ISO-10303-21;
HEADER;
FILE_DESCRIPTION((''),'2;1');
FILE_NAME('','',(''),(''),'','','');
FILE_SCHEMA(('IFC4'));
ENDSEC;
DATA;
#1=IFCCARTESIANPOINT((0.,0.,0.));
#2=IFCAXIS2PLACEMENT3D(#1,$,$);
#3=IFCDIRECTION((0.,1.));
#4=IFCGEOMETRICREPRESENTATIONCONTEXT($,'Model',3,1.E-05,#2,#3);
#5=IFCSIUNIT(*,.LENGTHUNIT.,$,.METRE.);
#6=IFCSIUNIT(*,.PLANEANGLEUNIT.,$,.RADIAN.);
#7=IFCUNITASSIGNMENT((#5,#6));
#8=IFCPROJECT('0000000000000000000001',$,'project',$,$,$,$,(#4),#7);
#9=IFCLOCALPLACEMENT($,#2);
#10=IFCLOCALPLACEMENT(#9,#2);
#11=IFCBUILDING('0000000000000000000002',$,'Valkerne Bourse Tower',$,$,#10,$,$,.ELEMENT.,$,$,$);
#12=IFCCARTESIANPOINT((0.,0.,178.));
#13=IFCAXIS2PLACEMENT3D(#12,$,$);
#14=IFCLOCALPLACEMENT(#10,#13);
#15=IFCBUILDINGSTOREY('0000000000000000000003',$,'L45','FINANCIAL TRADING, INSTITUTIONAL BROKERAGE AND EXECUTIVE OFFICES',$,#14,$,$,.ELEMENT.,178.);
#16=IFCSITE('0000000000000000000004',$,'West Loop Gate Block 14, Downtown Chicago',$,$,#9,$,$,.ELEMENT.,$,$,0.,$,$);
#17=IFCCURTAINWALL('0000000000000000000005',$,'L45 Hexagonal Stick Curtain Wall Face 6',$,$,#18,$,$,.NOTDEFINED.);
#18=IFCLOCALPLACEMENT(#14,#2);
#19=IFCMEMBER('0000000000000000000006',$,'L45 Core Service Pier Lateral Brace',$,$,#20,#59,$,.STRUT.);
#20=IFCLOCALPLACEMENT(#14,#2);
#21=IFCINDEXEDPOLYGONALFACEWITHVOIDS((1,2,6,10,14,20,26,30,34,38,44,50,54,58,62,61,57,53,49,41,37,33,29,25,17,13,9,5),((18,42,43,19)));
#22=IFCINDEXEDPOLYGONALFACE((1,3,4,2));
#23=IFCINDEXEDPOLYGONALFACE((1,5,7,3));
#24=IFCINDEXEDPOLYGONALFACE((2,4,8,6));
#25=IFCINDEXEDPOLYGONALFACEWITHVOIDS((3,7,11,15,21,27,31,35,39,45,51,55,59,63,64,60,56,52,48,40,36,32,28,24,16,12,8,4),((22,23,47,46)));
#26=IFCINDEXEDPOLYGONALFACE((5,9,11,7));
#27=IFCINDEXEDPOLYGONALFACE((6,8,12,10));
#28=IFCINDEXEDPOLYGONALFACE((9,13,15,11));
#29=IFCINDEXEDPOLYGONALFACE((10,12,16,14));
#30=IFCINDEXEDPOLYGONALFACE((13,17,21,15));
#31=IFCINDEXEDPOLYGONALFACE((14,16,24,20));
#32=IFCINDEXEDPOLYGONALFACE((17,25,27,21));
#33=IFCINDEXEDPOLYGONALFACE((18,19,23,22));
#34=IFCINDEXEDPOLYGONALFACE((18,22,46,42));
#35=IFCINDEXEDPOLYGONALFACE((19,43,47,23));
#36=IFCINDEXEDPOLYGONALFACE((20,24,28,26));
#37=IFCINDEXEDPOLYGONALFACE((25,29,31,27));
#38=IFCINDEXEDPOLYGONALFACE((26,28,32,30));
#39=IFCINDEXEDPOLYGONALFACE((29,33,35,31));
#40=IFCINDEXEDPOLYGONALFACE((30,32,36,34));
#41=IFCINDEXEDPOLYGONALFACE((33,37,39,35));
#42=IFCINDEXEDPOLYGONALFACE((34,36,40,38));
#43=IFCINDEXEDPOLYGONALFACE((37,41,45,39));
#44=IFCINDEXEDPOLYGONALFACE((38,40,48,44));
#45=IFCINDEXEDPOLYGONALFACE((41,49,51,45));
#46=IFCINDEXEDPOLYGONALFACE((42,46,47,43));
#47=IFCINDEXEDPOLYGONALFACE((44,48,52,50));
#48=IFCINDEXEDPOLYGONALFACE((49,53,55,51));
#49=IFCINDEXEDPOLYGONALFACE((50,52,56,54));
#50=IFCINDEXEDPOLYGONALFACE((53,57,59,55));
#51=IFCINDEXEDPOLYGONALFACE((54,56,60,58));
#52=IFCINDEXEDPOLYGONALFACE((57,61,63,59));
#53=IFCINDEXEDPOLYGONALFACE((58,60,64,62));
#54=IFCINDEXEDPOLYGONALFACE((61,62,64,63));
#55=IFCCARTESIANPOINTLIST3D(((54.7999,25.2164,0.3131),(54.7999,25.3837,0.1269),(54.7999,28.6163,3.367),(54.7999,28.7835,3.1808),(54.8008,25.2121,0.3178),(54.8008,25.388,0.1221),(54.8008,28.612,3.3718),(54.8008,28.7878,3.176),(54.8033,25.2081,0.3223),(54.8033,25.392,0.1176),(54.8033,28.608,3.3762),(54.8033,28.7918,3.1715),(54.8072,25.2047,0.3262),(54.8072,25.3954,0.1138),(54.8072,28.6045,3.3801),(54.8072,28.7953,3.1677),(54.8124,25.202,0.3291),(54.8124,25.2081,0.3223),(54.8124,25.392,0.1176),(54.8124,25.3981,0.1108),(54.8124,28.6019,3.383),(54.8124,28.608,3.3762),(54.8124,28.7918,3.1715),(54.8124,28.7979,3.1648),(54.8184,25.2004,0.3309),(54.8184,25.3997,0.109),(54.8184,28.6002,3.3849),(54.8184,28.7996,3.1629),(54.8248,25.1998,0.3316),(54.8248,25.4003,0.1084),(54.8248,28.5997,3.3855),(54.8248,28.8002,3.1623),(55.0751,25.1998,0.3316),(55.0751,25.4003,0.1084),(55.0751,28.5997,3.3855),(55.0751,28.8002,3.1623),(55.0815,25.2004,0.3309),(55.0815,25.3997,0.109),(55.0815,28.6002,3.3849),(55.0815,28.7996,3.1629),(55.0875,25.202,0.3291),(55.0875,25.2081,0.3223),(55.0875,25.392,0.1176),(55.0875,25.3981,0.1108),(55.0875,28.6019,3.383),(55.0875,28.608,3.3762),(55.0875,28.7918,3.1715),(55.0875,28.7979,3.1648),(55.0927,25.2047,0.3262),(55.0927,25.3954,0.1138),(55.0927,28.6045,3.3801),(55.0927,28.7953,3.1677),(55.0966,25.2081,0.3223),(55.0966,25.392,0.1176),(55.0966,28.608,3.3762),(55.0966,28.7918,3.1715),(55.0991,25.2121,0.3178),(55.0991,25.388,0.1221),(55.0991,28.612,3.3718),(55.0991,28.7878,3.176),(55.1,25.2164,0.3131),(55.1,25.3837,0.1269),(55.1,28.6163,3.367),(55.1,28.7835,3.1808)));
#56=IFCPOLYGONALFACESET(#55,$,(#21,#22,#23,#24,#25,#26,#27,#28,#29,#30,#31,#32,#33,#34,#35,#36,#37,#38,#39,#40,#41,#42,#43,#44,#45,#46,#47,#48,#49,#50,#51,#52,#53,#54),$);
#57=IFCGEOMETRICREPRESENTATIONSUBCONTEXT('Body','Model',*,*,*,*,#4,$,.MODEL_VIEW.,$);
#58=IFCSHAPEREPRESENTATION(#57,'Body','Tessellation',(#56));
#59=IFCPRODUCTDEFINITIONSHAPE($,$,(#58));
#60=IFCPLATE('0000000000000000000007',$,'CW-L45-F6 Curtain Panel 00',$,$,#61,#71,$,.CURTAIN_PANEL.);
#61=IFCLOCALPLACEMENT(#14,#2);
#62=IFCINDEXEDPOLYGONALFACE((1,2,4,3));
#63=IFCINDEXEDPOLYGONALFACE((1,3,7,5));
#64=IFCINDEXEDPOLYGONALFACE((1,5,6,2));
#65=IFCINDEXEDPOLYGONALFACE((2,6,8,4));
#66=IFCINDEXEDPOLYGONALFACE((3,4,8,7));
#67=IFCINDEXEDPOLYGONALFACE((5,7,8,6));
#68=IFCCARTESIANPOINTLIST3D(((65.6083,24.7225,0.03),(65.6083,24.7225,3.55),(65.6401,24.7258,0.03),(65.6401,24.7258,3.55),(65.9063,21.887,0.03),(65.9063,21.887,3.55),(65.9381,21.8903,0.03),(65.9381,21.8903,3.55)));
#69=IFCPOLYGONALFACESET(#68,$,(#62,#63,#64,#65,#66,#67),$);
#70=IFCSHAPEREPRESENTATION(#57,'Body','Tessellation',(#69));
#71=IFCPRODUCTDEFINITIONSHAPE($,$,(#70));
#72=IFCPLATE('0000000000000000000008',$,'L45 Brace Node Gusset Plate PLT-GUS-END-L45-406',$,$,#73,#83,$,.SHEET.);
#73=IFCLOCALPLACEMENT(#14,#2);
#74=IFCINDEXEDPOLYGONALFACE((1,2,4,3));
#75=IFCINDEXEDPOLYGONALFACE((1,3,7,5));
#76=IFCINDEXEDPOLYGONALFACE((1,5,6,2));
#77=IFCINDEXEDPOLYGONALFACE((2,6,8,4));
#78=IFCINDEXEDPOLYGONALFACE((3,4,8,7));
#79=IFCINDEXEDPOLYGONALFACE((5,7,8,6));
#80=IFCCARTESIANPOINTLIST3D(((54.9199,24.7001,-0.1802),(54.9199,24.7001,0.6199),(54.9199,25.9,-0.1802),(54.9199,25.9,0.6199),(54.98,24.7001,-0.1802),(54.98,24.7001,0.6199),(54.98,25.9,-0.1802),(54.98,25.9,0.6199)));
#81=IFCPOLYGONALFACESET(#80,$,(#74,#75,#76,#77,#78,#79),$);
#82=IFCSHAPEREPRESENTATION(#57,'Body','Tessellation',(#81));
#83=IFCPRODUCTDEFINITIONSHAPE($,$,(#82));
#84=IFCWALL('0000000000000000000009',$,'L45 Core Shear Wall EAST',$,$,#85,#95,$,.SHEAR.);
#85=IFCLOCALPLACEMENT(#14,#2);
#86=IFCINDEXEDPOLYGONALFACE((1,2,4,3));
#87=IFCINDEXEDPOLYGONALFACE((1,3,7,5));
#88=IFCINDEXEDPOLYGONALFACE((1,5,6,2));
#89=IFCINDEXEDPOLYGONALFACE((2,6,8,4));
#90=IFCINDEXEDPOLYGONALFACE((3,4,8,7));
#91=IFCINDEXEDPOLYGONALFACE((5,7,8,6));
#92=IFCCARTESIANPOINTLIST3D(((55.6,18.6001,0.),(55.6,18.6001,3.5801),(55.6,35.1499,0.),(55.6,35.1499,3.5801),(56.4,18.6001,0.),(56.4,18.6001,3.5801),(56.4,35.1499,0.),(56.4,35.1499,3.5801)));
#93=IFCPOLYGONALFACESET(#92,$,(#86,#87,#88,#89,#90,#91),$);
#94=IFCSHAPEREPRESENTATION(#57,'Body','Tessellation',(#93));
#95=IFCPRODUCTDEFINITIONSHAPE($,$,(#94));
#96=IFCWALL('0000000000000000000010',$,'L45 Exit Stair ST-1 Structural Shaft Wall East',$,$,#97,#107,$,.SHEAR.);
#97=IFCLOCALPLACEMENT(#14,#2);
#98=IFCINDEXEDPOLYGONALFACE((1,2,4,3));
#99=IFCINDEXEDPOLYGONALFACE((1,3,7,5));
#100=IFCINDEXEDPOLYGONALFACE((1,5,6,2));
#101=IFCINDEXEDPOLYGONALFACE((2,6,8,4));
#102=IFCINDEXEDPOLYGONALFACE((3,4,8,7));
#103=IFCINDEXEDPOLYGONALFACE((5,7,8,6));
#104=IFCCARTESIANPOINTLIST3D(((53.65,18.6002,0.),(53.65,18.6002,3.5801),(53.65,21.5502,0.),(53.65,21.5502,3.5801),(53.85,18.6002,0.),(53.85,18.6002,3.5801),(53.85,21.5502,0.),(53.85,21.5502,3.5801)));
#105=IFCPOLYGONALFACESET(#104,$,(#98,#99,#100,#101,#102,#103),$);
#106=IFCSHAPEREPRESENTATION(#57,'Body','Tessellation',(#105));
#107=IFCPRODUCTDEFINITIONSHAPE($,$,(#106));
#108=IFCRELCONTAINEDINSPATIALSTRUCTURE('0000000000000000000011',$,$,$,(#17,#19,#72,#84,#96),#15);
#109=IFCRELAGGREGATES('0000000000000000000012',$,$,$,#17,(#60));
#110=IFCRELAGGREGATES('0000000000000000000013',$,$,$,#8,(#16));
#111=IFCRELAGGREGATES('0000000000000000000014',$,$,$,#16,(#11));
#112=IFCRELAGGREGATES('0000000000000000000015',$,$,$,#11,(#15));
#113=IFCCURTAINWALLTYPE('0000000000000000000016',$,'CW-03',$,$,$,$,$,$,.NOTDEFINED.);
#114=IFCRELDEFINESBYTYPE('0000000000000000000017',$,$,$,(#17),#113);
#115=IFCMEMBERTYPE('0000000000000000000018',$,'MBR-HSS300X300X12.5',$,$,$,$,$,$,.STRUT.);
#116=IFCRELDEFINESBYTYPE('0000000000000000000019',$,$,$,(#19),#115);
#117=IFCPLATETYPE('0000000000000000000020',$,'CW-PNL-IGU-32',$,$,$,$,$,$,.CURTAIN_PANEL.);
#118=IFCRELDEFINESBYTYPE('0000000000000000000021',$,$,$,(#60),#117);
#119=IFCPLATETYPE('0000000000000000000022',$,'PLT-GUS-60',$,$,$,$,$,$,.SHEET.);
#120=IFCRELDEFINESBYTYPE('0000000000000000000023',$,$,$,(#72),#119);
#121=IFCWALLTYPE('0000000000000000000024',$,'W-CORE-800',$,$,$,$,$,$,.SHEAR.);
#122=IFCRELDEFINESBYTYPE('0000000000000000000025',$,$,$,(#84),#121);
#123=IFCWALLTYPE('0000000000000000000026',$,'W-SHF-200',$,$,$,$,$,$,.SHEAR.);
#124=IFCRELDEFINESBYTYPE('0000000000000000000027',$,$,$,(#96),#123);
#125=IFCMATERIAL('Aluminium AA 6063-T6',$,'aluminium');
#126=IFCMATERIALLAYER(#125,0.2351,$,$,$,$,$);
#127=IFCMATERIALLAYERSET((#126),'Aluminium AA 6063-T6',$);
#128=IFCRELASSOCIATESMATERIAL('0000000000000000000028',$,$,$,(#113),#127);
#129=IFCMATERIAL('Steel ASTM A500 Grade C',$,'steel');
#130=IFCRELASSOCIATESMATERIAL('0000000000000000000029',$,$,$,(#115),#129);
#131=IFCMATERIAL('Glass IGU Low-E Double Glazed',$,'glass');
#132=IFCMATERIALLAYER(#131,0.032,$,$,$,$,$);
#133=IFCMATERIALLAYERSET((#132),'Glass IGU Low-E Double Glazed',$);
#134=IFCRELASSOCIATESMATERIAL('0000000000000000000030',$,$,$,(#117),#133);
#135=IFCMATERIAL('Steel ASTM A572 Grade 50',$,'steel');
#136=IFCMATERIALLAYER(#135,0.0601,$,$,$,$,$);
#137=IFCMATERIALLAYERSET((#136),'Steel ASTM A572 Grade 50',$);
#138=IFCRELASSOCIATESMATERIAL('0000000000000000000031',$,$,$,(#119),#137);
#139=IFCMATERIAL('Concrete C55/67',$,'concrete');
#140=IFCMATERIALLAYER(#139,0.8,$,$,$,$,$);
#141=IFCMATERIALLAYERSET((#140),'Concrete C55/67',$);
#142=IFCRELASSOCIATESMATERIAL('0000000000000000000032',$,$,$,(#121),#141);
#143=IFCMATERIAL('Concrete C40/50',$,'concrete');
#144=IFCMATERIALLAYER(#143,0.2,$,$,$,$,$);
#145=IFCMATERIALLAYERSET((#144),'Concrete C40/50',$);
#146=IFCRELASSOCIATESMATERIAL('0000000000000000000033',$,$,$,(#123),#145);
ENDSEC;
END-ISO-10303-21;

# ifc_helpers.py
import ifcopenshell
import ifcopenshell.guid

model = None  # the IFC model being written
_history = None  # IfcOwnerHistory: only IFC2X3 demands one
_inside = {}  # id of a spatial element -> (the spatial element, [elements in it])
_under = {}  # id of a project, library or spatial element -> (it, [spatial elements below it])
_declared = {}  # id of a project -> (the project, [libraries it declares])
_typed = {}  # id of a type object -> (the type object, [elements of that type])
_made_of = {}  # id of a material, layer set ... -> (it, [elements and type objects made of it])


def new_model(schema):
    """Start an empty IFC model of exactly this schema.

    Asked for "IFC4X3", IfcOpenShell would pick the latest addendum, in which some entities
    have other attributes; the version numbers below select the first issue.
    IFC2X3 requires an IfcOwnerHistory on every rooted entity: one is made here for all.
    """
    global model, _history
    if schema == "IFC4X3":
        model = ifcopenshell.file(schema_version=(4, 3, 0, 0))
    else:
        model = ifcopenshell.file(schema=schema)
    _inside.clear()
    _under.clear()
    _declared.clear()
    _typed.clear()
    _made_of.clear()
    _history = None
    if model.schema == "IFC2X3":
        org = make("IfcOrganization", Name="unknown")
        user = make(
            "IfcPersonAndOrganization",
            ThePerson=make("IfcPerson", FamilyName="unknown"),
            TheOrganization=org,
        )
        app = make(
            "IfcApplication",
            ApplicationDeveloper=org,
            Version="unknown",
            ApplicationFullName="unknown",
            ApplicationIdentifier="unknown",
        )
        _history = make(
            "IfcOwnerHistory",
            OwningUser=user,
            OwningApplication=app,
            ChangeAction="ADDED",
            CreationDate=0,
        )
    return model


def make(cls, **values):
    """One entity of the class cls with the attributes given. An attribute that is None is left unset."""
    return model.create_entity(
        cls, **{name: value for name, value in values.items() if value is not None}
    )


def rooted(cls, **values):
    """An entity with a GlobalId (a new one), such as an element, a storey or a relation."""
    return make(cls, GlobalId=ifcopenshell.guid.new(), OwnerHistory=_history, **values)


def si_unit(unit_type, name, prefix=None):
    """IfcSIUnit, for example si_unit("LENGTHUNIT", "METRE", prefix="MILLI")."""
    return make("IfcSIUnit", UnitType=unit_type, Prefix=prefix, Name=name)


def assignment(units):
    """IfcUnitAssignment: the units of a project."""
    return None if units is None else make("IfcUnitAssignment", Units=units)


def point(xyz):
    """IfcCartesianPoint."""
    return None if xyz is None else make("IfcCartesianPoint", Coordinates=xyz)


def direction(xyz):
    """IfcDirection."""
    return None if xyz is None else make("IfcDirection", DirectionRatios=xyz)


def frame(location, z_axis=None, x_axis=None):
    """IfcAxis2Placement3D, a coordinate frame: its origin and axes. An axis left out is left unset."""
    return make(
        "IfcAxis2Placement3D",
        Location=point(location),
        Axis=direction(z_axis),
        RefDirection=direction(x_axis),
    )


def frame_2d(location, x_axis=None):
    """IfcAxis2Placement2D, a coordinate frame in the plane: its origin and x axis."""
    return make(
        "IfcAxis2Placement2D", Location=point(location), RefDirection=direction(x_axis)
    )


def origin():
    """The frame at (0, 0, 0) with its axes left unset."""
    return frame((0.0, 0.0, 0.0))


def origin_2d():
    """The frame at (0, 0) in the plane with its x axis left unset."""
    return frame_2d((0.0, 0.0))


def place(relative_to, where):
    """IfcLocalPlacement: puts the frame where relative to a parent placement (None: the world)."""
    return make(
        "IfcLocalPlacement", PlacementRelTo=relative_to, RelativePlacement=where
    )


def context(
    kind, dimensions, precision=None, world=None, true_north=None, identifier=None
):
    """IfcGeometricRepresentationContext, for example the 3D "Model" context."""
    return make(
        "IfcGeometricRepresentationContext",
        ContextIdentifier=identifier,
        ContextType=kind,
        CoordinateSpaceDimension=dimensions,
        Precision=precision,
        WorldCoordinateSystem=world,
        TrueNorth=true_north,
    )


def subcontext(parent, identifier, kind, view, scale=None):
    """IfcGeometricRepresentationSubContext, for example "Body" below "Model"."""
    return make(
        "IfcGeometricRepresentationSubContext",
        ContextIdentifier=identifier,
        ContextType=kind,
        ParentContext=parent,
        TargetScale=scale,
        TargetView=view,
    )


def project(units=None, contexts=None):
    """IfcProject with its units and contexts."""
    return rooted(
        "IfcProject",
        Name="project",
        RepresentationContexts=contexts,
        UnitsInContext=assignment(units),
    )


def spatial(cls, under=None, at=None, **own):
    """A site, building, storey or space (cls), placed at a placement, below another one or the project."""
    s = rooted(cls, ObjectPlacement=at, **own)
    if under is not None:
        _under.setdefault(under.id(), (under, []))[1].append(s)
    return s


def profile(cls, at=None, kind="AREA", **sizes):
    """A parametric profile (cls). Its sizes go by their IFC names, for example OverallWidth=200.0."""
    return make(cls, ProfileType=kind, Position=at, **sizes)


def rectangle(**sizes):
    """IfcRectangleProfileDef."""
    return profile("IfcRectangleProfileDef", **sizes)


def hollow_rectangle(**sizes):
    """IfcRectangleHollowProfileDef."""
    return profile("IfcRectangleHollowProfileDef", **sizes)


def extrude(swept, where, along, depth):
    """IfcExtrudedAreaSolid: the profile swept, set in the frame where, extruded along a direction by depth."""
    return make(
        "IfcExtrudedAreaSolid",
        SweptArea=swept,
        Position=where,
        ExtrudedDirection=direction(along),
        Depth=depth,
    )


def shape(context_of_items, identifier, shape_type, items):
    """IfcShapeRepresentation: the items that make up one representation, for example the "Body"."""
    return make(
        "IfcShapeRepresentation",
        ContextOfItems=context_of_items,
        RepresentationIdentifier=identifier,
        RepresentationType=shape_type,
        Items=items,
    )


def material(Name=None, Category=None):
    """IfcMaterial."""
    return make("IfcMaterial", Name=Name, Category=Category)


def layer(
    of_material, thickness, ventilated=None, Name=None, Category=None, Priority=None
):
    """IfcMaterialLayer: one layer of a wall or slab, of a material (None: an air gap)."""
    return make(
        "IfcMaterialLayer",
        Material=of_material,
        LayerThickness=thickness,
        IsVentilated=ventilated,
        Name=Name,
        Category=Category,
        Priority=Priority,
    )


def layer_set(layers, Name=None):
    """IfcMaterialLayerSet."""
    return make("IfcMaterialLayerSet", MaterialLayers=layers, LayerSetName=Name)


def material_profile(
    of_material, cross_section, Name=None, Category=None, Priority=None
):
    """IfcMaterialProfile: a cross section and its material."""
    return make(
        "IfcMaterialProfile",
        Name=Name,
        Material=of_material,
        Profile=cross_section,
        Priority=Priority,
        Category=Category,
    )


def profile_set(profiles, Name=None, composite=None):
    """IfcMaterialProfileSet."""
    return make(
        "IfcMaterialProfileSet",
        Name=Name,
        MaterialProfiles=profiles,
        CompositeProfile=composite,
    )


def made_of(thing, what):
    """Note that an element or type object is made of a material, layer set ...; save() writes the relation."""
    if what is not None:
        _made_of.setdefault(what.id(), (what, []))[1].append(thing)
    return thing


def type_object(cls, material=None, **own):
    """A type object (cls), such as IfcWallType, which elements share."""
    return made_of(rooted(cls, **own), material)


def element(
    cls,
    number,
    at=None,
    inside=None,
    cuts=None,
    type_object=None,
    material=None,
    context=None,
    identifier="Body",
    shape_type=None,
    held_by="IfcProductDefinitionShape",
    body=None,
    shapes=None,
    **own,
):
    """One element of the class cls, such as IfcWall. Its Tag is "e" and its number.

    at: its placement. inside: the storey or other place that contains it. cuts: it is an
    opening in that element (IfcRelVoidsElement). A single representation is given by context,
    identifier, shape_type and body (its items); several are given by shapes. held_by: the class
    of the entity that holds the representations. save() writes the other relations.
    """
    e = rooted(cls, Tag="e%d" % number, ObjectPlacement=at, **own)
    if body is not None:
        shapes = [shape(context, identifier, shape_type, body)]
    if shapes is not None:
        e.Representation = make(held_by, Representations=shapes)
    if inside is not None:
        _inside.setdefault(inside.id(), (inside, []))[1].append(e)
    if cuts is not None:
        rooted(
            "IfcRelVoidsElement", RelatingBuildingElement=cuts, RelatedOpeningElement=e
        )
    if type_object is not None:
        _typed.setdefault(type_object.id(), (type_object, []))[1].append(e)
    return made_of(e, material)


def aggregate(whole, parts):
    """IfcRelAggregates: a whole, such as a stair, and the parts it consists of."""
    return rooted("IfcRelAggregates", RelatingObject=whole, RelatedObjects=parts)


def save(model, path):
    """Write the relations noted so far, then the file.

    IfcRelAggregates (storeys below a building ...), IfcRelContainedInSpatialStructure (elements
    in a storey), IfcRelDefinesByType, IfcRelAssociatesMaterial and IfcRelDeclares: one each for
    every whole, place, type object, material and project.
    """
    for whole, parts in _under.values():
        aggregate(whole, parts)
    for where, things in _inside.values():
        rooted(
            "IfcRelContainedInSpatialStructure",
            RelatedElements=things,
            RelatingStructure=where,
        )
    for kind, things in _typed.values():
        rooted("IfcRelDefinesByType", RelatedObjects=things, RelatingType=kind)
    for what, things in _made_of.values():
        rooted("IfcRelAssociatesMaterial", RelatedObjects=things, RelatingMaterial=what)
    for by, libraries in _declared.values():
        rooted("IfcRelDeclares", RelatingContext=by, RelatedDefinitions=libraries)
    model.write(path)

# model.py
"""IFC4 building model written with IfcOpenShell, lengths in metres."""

from ifc_helpers import new_model, si_unit, direction, frame, frame_2d, origin, origin_2d, place, context, subcontext, project, spatial, rectangle, hollow_rectangle, extrude, material, layer, layer_set, material_profile, profile_set, type_object, element, aggregate, save


model = new_model("IFC4")

# Units and contexts
model_context = context("Model", 3, precision=1e-05, world=origin(), true_north=direction((0.0, 1.0)))
body_context = subcontext(model_context, "Body", "Model", "MODEL_VIEW")
ifc_project = project(units=[si_unit("LENGTHUNIT", "METRE"), si_unit("PLANEANGLEUNIT", "RADIAN")], contexts=[model_context])

# Site, building, storey
site_placement = place(None, origin())
site = spatial("IfcSite", under=ifc_project, at=site_placement, Name="West Loop Gate Block 14, Downtown Chicago", CompositionType="ELEMENT", RefElevation=0.0)
building_placement = place(site_placement, origin())
building = spatial("IfcBuilding", under=site, at=building_placement, Name="Valkerne Bourse Tower", CompositionType="ELEMENT")
storey_placement = place(building_placement, frame((0.0, 0.0, 178.0)))
storey = spatial("IfcBuildingStorey", under=building, at=storey_placement, Name="L45", Description="FINANCIAL TRADING, INSTITUTIONAL BROKERAGE AND EXECUTIVE OFFICES", CompositionType="ELEMENT", Elevation=178.0)

# Curtain wall
ifc_material_1 = material(Name="Aluminium AA 6063-T6", Category="aluminium")
ifc_layer_1 = layer(ifc_material_1, 0.2351)
ifc_layer_set_1 = layer_set([ifc_layer_1], Name="Aluminium AA 6063-T6")
curtain_wall_type = type_object("IfcCurtainWallType", Name="CW-03", PredefinedType="NOTDEFINED", material=ifc_layer_set_1)
curtain_wall_placement = place(storey_placement, origin())
curtain_wall = element("IfcCurtainWall", 1, at=curtain_wall_placement, inside=storey, type_object=curtain_wall_type, Name="L45 Hexagonal Stick Curtain Wall Face 6", PredefinedType="NOTDEFINED")

# Member
ifc_material_2 = material(Name="Steel ASTM A500 Grade C", Category="steel")
ifc_material_profile_1 = material_profile(ifc_material_2, hollow_rectangle(XDim=0.3, YDim=0.3, WallThickness=0.0125, OuterFilletRadius=0.0249, at=origin_2d()), Name="HSS300X300X12.5")
ifc_profile_set_1 = profile_set([ifc_material_profile_1], Name="Steel ASTM A500 Grade C")
member_type_1 = type_object("IfcMemberType", Name="MBR-HSS300X300X12.5", PredefinedType="STRUT", material=ifc_profile_set_1)
member_1_placement = place(storey_placement, frame((54.95, 25.3, 0.22), z_axis=(0.0, 0.743942, 0.668244), x_axis=(-1.0, 0.0, 0.0)))
element("IfcMember", 2, at=member_1_placement, inside=storey, type_object=member_type_1, Name="L45 Core Service Pier Lateral Brace", PredefinedType="STRUT", context=body_context, shape_type="SweptSolid", body=[
    extrude(hollow_rectangle(XDim=0.3, YDim=0.3, WallThickness=0.0125, OuterFilletRadius=0.0249, at=origin_2d()), origin(), (0.0, 0.0, 1.0), 4.5701),
])

# Plates
ifc_material_3 = material(Name="Glass IGU Low-E Double Glazed", Category="glass")
ifc_layer_2 = layer(ifc_material_3, 0.032)
ifc_layer_set_2 = layer_set([ifc_layer_2], Name="Glass IGU Low-E Double Glazed")
plate_type_1 = type_object("IfcPlateType", Name="CW-PNL-IGU-32", PredefinedType="CURTAIN_PANEL", material=ifc_layer_set_2)
plate_1_placement = place(storey_placement, frame((65.7732, 23.3064, 0.03), z_axis=(0.0, 0.0, 1.0), x_axis=(-0.104536, 0.994521, 0.0)))
plate_1 = element("IfcPlate", 3, at=plate_1_placement, type_object=plate_type_1, Name="CW-L45-F6 Curtain Panel 00", PredefinedType="CURTAIN_PANEL", context=body_context, shape_type="SweptSolid", body=[
    extrude(rectangle(XDim=2.8511, YDim=0.032, at=origin_2d()), origin(), (0.0, 0.0, 1.0), 3.52),
])
aggregate(curtain_wall, [plate_1])
ifc_material_4 = material(Name="Steel ASTM A572 Grade 50", Category="steel")
ifc_layer_3 = layer(ifc_material_4, 0.0601)
ifc_layer_set_3 = layer_set([ifc_layer_3], Name="Steel ASTM A572 Grade 50")
plate_type_2 = type_object("IfcPlateType", Name="PLT-GUS-60", PredefinedType="SHEET", material=ifc_layer_set_3)
plate_2_placement = place(storey_placement, frame((54.95, 25.3, -0.1802), z_axis=(0.0, 0.0, 1.0), x_axis=(0.0, 1.0, 0.0)))
element("IfcPlate", 4, at=plate_2_placement, inside=storey, type_object=plate_type_2, Name="L45 Brace Node Gusset Plate PLT-GUS-END-L45-406", PredefinedType="SHEET", context=body_context, shape_type="SweptSolid", body=[
    extrude(rectangle(XDim=1.2, YDim=0.0601, at=origin_2d()), origin(), (0.0, 0.0, 1.0), 0.8),
])

# Wall
ifc_material_5 = material(Name="Concrete C55/67", Category="concrete")
ifc_layer_4 = layer(ifc_material_5, 0.8)
ifc_layer_set_4 = layer_set([ifc_layer_4], Name="Concrete C55/67")
wall_type_1 = type_object("IfcWallType", Name="W-CORE-800", PredefinedType="SHEAR", material=ifc_layer_set_4)
wall_1_placement = place(storey_placement, frame((56.0, 18.6001, 0.0), z_axis=(0.0, 0.0, 1.0), x_axis=(0.0, 1.0, 0.0)))
element("IfcWall", 5, at=wall_1_placement, inside=storey, type_object=wall_type_1, Name="L45 Core Shear Wall EAST", PredefinedType="SHEAR", context=body_context, shape_type="SweptSolid", body=[
    extrude(rectangle(XDim=16.5498, YDim=0.8, at=frame_2d((8.2749, 0.0))), origin(), (0.0, 0.0, 1.0), 3.5801),
])

# Wall
ifc_material_6 = material(Name="Concrete C40/50", Category="concrete")
ifc_layer_5 = layer(ifc_material_6, 0.2)
ifc_layer_set_5 = layer_set([ifc_layer_5], Name="Concrete C40/50")
wall_type_2 = type_object("IfcWallType", Name="W-SHF-200", PredefinedType="SHEAR", material=ifc_layer_set_5)
wall_2_placement = place(storey_placement, frame((53.75, 18.6001, 0.0), z_axis=(0.0, 0.0, 1.0), x_axis=(0.0, 1.0, 0.0)))
element("IfcWall", 6, at=wall_2_placement, inside=storey, type_object=wall_type_2, Name="L45 Exit Stair ST-1 Structural Shaft Wall East", PredefinedType="SHEAR", context=body_context, shape_type="SweptSolid", body=[
    extrude(rectangle(XDim=2.95, YDim=0.2, at=frame_2d((1.4751, 0.0))), origin(), (0.0, 0.0, 1.0), 3.5801),
])

save(model, "model.ifc")
